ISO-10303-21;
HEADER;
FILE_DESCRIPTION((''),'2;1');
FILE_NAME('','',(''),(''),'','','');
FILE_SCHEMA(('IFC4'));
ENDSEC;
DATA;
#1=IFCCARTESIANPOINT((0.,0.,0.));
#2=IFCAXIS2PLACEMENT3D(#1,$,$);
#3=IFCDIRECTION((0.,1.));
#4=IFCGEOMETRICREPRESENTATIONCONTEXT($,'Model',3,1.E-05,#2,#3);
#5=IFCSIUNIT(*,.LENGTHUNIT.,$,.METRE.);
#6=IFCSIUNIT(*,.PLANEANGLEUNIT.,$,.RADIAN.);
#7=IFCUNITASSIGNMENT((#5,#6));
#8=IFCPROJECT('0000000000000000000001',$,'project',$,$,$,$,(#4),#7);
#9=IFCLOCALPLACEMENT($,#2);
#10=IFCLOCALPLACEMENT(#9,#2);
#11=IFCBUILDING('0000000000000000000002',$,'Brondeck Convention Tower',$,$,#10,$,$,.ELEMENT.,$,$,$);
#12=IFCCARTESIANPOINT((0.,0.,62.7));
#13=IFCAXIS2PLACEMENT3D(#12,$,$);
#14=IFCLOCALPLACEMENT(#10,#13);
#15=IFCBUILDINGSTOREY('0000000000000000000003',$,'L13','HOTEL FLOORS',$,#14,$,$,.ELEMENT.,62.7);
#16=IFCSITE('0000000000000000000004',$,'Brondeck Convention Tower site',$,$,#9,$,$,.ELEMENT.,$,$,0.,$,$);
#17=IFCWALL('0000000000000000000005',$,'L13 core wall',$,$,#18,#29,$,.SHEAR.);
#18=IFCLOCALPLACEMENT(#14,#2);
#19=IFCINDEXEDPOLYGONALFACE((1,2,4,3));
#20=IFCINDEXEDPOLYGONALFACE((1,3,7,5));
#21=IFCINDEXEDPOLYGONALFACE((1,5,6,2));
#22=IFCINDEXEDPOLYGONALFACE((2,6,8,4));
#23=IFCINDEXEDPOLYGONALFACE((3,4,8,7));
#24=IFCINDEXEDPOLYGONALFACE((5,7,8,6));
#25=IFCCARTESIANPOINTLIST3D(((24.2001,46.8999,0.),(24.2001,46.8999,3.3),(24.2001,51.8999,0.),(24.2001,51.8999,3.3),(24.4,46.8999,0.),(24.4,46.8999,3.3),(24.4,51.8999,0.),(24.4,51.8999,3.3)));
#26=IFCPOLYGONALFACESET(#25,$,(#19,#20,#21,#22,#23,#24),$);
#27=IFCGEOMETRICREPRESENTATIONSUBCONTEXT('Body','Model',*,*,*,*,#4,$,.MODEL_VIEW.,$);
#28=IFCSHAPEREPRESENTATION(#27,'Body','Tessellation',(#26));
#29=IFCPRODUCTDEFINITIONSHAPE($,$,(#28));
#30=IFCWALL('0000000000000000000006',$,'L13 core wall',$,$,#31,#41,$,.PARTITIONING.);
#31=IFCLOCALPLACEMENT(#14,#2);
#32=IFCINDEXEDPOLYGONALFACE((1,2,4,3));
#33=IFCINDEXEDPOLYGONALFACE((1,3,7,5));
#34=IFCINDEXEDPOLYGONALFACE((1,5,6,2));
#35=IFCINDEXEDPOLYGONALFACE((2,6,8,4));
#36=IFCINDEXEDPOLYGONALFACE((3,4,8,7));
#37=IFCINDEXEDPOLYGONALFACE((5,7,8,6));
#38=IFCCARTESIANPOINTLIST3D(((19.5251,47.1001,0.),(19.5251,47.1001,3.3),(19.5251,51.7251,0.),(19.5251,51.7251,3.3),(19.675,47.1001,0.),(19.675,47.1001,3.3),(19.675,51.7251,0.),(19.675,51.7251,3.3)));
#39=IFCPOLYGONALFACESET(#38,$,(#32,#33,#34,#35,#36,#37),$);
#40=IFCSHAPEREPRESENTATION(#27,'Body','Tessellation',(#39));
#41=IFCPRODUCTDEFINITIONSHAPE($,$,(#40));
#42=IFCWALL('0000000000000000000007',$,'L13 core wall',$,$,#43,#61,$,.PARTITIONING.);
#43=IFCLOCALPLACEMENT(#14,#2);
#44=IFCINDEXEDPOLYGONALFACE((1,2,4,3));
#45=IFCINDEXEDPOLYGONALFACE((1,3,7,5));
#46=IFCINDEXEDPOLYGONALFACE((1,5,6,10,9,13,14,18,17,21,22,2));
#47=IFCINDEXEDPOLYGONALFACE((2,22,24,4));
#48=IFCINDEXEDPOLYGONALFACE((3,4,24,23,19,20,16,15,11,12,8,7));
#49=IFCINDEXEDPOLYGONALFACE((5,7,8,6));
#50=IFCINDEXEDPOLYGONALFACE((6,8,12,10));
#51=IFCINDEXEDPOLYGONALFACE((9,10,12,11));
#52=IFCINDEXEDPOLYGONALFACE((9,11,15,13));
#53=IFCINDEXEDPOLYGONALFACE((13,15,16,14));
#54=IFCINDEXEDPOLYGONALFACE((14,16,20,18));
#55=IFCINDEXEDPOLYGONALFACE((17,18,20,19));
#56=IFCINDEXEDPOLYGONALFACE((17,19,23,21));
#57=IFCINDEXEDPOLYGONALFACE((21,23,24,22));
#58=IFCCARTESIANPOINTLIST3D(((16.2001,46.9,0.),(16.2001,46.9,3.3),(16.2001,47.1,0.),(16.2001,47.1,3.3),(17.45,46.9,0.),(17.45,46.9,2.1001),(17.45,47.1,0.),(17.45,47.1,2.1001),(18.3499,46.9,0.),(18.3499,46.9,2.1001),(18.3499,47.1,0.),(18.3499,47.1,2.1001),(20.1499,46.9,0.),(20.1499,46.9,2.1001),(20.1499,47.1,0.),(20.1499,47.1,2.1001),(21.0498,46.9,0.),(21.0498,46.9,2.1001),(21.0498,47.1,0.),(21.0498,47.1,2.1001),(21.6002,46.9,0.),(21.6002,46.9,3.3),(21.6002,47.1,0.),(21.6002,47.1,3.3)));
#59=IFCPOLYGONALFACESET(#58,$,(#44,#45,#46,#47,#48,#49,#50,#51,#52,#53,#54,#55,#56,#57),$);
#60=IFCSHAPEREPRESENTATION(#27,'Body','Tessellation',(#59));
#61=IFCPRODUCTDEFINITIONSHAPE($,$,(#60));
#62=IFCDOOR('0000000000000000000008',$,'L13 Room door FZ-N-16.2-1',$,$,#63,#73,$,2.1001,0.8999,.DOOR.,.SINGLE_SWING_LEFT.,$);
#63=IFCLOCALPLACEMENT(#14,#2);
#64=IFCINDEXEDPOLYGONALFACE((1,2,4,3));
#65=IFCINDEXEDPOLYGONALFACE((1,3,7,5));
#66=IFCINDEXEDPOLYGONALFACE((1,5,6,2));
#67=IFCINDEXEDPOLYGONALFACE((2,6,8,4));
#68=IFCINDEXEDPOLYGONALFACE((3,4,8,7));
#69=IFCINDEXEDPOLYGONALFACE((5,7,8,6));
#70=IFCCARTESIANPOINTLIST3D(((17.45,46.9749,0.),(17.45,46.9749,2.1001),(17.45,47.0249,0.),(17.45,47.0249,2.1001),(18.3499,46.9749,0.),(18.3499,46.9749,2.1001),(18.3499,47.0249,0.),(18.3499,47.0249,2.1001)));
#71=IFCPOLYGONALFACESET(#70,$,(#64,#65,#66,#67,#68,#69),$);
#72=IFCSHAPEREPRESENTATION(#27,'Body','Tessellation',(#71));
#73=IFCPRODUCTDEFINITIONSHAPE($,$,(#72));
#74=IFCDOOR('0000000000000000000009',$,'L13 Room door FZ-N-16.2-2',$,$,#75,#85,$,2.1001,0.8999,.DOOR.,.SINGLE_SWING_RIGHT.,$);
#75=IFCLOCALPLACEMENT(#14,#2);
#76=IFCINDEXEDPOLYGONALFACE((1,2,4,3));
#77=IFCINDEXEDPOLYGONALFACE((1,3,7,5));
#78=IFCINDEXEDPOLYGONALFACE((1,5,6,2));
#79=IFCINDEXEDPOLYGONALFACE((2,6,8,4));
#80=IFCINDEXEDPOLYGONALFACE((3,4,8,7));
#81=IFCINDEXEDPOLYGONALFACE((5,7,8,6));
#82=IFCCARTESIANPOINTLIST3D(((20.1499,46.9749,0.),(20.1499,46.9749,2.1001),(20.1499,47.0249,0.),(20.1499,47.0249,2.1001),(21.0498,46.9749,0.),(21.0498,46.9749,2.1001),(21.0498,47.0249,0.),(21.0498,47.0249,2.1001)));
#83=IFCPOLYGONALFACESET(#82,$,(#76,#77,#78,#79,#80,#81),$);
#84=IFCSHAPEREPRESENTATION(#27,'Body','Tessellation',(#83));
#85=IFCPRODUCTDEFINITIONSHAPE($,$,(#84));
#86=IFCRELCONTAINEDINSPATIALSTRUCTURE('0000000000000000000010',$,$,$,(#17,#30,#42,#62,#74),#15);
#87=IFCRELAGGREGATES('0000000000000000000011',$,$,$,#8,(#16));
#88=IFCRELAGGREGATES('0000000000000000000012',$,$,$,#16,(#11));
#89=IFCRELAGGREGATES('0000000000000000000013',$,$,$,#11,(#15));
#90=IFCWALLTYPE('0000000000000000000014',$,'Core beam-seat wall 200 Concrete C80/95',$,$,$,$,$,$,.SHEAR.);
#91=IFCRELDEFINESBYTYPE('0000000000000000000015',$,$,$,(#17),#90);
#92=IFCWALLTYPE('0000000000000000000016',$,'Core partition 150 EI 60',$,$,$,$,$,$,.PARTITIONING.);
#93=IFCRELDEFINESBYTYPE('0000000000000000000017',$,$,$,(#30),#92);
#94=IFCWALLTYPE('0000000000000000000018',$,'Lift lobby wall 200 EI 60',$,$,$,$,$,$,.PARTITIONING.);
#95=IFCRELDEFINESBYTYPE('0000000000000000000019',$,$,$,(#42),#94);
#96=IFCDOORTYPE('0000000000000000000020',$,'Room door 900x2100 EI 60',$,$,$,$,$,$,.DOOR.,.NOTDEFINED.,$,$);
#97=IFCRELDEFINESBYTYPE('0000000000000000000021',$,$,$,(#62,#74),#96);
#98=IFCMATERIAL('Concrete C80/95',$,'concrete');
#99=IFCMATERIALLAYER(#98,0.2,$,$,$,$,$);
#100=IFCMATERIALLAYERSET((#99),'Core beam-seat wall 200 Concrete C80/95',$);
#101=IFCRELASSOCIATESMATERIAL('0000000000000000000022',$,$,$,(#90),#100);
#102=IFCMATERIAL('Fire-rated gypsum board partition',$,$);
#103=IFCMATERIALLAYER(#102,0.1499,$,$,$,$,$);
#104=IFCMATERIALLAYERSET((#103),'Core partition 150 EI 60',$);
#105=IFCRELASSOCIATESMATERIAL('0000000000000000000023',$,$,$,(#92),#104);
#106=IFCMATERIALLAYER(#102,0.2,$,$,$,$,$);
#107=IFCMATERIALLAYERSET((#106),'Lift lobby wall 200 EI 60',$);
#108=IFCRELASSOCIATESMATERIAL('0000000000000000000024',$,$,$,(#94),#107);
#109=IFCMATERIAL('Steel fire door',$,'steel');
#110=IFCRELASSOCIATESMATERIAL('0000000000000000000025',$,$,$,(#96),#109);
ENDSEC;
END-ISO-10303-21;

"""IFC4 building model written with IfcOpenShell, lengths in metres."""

from ifc_helpers import new_model, si_unit, direction, frame, frame_2d, origin, place, context, subcontext, project, spatial, rectangle, extrude, material, layer, layer_set, type_object, element, fill, save


model = new_model("IFC4")

# Units and contexts
model_context = context("Model", 3, precision=1e-05, world=origin(), true_north=direction((0.0, 1.0)))
body_context = subcontext(model_context, "Body", "Model", "MODEL_VIEW")
ifc_project = project(units=[si_unit("LENGTHUNIT", "METRE"), si_unit("PLANEANGLEUNIT", "RADIAN")], contexts=[model_context])

# Site, building, storey
site_placement = place(None, origin())
site = spatial("IfcSite", under=ifc_project, at=site_placement, Name="Brondeck Convention Tower site", CompositionType="ELEMENT", RefElevation=0.0)
building_placement = place(site_placement, origin())
building = spatial("IfcBuilding", under=site, at=building_placement, Name="Brondeck Convention Tower", CompositionType="ELEMENT")
storey_placement = place(building_placement, frame((0.0, 0.0, 62.7)))
storey = spatial("IfcBuildingStorey", under=building, at=storey_placement, Name="L13", Description="HOTEL FLOORS", CompositionType="ELEMENT", Elevation=62.7)

# Walls
ifc_material_1 = material(Name="Concrete C80/95", Category="concrete")
ifc_layer_1 = layer(ifc_material_1, 0.2)
ifc_layer_set_1 = layer_set([ifc_layer_1], Name="Core beam-seat wall 200 Concrete C80/95")
wall_type_1 = type_object("IfcWallType", Name="Core beam-seat wall 200 Concrete C80/95", PredefinedType="SHEAR", material=ifc_layer_set_1)
wall_1_placement = place(storey_placement, frame((24.3, 46.8999, 0.0), z_axis=(0.0, 0.0, 1.0), x_axis=(0.0, 1.0, 0.0)))
element("IfcWall", 1, at=wall_1_placement, inside=storey, type_object=wall_type_1, Name="L13 core wall", PredefinedType="SHEAR", context=body_context, shape_type="SweptSolid", body=[
    extrude(rectangle(XDim=5.0, YDim=0.2, at=frame_2d((2.5, 0.0))), origin(), (0.0, 0.0, 1.0), 3.3),
])
ifc_material_2 = material(Name="Fire-rated gypsum board partition")
ifc_layer_2 = layer(ifc_material_2, 0.1499)
ifc_layer_set_2 = layer_set([ifc_layer_2], Name="Core partition 150 EI 60")
wall_type_2 = type_object("IfcWallType", Name="Core partition 150 EI 60", PredefinedType="PARTITIONING", material=ifc_layer_set_2)
wall_2_placement = place(storey_placement, frame((19.6001, 47.1001, 0.0), z_axis=(0.0, 0.0, 1.0), x_axis=(0.0, 1.0, 0.0)))
element("IfcWall", 2, at=wall_2_placement, inside=storey, type_object=wall_type_2, Name="L13 core wall", PredefinedType="PARTITIONING", context=body_context, shape_type="SweptSolid", body=[
    extrude(rectangle(XDim=4.625, YDim=0.1499, at=frame_2d((2.3125, 0.0))), origin(), (0.0, 0.0, 1.0), 3.3),
])

# Wall, openings, doors
ifc_layer_3 = layer(ifc_material_2, 0.2)
ifc_layer_set_3 = layer_set([ifc_layer_3], Name="Lift lobby wall 200 EI 60")
wall_type_3 = type_object("IfcWallType", Name="Lift lobby wall 200 EI 60", PredefinedType="PARTITIONING", material=ifc_layer_set_3)
wall_3_placement = place(storey_placement, frame((16.2, 47.0, 0.0), z_axis=(0.0, 0.0, 1.0), x_axis=(1.0, 0.0, 0.0)))
wall_3 = element("IfcWall", 3, at=wall_3_placement, inside=storey, type_object=wall_type_3, Name="L13 core wall", PredefinedType="PARTITIONING", context=body_context, shape_type="SweptSolid", body=[
    extrude(rectangle(XDim=5.4001, YDim=0.2, at=frame_2d((2.7002, 0.0))), origin(), (0.0, 0.0, 1.0), 3.3),
])
opening_1_placement = place(wall_3_placement, frame((1.25, 0.0, 0.0)))
opening_1 = element("IfcOpeningElement", 4, at=opening_1_placement, cuts=wall_3, PredefinedType="OPENING", context=body_context, shape_type="SweptSolid", body=[
    extrude(rectangle(XDim=0.8999, YDim=2.1001, at=frame_2d((0.45, 1.05))), frame((0.0, 0.1099, 0.0), z_axis=(0.0, -1.0, 0.0), x_axis=(1.0, 0.0, 0.0)), (0.0, 0.0, 1.0), 0.22),
])
opening_2_placement = place(wall_3_placement, frame((3.95, 0.0, 0.0)))
opening_2 = element("IfcOpeningElement", 5, at=opening_2_placement, cuts=wall_3, PredefinedType="OPENING", context=body_context, shape_type="SweptSolid", body=[
    extrude(rectangle(XDim=0.8999, YDim=2.1001, at=frame_2d((0.45, 1.05))), frame((0.0, 0.1099, 0.0), z_axis=(0.0, -1.0, 0.0), x_axis=(1.0, 0.0, 0.0)), (0.0, 0.0, 1.0), 0.22),
])
ifc_material_3 = material(Name="Steel fire door", Category="steel")
door_type_1 = type_object("IfcDoorType", Name="Room door 900x2100 EI 60", OperationType="NOTDEFINED", PredefinedType="DOOR", material=ifc_material_3)
door_1_placement = place(opening_1_placement, origin())
door_1 = element("IfcDoor", 6, at=door_1_placement, inside=storey, type_object=door_type_1, Name="L13 Room door FZ-N-16.2-1", OperationType="SINGLE_SWING_LEFT", OverallHeight=2.1001, OverallWidth=0.8999, PredefinedType="DOOR", context=body_context, shape_type="SweptSolid", body=[
    extrude(rectangle(XDim=0.8999, YDim=2.1001, at=frame_2d((0.45, 1.05))), frame((0.0, 0.0249, 0.0), z_axis=(0.0, -1.0, 0.0), x_axis=(1.0, 0.0, 0.0)), (0.0, 0.0, 1.0), 0.05),
])
fill(opening_1, door_1)
door_2_placement = place(opening_2_placement, origin())
door_2 = element("IfcDoor", 7, at=door_2_placement, inside=storey, type_object=door_type_1, Name="L13 Room door FZ-N-16.2-2", OperationType="SINGLE_SWING_RIGHT", OverallHeight=2.1001, OverallWidth=0.8999, PredefinedType="DOOR", context=body_context, shape_type="SweptSolid", body=[
    extrude(rectangle(XDim=0.8999, YDim=2.1001, at=frame_2d((0.45, 1.05))), frame((0.0, 0.0249, 0.0), z_axis=(0.0, -1.0, 0.0), x_axis=(1.0, 0.0, 0.0)), (0.0, 0.0, 1.0), 0.05),
])
fill(opening_2, door_2)

save(model, "model.ifc")
